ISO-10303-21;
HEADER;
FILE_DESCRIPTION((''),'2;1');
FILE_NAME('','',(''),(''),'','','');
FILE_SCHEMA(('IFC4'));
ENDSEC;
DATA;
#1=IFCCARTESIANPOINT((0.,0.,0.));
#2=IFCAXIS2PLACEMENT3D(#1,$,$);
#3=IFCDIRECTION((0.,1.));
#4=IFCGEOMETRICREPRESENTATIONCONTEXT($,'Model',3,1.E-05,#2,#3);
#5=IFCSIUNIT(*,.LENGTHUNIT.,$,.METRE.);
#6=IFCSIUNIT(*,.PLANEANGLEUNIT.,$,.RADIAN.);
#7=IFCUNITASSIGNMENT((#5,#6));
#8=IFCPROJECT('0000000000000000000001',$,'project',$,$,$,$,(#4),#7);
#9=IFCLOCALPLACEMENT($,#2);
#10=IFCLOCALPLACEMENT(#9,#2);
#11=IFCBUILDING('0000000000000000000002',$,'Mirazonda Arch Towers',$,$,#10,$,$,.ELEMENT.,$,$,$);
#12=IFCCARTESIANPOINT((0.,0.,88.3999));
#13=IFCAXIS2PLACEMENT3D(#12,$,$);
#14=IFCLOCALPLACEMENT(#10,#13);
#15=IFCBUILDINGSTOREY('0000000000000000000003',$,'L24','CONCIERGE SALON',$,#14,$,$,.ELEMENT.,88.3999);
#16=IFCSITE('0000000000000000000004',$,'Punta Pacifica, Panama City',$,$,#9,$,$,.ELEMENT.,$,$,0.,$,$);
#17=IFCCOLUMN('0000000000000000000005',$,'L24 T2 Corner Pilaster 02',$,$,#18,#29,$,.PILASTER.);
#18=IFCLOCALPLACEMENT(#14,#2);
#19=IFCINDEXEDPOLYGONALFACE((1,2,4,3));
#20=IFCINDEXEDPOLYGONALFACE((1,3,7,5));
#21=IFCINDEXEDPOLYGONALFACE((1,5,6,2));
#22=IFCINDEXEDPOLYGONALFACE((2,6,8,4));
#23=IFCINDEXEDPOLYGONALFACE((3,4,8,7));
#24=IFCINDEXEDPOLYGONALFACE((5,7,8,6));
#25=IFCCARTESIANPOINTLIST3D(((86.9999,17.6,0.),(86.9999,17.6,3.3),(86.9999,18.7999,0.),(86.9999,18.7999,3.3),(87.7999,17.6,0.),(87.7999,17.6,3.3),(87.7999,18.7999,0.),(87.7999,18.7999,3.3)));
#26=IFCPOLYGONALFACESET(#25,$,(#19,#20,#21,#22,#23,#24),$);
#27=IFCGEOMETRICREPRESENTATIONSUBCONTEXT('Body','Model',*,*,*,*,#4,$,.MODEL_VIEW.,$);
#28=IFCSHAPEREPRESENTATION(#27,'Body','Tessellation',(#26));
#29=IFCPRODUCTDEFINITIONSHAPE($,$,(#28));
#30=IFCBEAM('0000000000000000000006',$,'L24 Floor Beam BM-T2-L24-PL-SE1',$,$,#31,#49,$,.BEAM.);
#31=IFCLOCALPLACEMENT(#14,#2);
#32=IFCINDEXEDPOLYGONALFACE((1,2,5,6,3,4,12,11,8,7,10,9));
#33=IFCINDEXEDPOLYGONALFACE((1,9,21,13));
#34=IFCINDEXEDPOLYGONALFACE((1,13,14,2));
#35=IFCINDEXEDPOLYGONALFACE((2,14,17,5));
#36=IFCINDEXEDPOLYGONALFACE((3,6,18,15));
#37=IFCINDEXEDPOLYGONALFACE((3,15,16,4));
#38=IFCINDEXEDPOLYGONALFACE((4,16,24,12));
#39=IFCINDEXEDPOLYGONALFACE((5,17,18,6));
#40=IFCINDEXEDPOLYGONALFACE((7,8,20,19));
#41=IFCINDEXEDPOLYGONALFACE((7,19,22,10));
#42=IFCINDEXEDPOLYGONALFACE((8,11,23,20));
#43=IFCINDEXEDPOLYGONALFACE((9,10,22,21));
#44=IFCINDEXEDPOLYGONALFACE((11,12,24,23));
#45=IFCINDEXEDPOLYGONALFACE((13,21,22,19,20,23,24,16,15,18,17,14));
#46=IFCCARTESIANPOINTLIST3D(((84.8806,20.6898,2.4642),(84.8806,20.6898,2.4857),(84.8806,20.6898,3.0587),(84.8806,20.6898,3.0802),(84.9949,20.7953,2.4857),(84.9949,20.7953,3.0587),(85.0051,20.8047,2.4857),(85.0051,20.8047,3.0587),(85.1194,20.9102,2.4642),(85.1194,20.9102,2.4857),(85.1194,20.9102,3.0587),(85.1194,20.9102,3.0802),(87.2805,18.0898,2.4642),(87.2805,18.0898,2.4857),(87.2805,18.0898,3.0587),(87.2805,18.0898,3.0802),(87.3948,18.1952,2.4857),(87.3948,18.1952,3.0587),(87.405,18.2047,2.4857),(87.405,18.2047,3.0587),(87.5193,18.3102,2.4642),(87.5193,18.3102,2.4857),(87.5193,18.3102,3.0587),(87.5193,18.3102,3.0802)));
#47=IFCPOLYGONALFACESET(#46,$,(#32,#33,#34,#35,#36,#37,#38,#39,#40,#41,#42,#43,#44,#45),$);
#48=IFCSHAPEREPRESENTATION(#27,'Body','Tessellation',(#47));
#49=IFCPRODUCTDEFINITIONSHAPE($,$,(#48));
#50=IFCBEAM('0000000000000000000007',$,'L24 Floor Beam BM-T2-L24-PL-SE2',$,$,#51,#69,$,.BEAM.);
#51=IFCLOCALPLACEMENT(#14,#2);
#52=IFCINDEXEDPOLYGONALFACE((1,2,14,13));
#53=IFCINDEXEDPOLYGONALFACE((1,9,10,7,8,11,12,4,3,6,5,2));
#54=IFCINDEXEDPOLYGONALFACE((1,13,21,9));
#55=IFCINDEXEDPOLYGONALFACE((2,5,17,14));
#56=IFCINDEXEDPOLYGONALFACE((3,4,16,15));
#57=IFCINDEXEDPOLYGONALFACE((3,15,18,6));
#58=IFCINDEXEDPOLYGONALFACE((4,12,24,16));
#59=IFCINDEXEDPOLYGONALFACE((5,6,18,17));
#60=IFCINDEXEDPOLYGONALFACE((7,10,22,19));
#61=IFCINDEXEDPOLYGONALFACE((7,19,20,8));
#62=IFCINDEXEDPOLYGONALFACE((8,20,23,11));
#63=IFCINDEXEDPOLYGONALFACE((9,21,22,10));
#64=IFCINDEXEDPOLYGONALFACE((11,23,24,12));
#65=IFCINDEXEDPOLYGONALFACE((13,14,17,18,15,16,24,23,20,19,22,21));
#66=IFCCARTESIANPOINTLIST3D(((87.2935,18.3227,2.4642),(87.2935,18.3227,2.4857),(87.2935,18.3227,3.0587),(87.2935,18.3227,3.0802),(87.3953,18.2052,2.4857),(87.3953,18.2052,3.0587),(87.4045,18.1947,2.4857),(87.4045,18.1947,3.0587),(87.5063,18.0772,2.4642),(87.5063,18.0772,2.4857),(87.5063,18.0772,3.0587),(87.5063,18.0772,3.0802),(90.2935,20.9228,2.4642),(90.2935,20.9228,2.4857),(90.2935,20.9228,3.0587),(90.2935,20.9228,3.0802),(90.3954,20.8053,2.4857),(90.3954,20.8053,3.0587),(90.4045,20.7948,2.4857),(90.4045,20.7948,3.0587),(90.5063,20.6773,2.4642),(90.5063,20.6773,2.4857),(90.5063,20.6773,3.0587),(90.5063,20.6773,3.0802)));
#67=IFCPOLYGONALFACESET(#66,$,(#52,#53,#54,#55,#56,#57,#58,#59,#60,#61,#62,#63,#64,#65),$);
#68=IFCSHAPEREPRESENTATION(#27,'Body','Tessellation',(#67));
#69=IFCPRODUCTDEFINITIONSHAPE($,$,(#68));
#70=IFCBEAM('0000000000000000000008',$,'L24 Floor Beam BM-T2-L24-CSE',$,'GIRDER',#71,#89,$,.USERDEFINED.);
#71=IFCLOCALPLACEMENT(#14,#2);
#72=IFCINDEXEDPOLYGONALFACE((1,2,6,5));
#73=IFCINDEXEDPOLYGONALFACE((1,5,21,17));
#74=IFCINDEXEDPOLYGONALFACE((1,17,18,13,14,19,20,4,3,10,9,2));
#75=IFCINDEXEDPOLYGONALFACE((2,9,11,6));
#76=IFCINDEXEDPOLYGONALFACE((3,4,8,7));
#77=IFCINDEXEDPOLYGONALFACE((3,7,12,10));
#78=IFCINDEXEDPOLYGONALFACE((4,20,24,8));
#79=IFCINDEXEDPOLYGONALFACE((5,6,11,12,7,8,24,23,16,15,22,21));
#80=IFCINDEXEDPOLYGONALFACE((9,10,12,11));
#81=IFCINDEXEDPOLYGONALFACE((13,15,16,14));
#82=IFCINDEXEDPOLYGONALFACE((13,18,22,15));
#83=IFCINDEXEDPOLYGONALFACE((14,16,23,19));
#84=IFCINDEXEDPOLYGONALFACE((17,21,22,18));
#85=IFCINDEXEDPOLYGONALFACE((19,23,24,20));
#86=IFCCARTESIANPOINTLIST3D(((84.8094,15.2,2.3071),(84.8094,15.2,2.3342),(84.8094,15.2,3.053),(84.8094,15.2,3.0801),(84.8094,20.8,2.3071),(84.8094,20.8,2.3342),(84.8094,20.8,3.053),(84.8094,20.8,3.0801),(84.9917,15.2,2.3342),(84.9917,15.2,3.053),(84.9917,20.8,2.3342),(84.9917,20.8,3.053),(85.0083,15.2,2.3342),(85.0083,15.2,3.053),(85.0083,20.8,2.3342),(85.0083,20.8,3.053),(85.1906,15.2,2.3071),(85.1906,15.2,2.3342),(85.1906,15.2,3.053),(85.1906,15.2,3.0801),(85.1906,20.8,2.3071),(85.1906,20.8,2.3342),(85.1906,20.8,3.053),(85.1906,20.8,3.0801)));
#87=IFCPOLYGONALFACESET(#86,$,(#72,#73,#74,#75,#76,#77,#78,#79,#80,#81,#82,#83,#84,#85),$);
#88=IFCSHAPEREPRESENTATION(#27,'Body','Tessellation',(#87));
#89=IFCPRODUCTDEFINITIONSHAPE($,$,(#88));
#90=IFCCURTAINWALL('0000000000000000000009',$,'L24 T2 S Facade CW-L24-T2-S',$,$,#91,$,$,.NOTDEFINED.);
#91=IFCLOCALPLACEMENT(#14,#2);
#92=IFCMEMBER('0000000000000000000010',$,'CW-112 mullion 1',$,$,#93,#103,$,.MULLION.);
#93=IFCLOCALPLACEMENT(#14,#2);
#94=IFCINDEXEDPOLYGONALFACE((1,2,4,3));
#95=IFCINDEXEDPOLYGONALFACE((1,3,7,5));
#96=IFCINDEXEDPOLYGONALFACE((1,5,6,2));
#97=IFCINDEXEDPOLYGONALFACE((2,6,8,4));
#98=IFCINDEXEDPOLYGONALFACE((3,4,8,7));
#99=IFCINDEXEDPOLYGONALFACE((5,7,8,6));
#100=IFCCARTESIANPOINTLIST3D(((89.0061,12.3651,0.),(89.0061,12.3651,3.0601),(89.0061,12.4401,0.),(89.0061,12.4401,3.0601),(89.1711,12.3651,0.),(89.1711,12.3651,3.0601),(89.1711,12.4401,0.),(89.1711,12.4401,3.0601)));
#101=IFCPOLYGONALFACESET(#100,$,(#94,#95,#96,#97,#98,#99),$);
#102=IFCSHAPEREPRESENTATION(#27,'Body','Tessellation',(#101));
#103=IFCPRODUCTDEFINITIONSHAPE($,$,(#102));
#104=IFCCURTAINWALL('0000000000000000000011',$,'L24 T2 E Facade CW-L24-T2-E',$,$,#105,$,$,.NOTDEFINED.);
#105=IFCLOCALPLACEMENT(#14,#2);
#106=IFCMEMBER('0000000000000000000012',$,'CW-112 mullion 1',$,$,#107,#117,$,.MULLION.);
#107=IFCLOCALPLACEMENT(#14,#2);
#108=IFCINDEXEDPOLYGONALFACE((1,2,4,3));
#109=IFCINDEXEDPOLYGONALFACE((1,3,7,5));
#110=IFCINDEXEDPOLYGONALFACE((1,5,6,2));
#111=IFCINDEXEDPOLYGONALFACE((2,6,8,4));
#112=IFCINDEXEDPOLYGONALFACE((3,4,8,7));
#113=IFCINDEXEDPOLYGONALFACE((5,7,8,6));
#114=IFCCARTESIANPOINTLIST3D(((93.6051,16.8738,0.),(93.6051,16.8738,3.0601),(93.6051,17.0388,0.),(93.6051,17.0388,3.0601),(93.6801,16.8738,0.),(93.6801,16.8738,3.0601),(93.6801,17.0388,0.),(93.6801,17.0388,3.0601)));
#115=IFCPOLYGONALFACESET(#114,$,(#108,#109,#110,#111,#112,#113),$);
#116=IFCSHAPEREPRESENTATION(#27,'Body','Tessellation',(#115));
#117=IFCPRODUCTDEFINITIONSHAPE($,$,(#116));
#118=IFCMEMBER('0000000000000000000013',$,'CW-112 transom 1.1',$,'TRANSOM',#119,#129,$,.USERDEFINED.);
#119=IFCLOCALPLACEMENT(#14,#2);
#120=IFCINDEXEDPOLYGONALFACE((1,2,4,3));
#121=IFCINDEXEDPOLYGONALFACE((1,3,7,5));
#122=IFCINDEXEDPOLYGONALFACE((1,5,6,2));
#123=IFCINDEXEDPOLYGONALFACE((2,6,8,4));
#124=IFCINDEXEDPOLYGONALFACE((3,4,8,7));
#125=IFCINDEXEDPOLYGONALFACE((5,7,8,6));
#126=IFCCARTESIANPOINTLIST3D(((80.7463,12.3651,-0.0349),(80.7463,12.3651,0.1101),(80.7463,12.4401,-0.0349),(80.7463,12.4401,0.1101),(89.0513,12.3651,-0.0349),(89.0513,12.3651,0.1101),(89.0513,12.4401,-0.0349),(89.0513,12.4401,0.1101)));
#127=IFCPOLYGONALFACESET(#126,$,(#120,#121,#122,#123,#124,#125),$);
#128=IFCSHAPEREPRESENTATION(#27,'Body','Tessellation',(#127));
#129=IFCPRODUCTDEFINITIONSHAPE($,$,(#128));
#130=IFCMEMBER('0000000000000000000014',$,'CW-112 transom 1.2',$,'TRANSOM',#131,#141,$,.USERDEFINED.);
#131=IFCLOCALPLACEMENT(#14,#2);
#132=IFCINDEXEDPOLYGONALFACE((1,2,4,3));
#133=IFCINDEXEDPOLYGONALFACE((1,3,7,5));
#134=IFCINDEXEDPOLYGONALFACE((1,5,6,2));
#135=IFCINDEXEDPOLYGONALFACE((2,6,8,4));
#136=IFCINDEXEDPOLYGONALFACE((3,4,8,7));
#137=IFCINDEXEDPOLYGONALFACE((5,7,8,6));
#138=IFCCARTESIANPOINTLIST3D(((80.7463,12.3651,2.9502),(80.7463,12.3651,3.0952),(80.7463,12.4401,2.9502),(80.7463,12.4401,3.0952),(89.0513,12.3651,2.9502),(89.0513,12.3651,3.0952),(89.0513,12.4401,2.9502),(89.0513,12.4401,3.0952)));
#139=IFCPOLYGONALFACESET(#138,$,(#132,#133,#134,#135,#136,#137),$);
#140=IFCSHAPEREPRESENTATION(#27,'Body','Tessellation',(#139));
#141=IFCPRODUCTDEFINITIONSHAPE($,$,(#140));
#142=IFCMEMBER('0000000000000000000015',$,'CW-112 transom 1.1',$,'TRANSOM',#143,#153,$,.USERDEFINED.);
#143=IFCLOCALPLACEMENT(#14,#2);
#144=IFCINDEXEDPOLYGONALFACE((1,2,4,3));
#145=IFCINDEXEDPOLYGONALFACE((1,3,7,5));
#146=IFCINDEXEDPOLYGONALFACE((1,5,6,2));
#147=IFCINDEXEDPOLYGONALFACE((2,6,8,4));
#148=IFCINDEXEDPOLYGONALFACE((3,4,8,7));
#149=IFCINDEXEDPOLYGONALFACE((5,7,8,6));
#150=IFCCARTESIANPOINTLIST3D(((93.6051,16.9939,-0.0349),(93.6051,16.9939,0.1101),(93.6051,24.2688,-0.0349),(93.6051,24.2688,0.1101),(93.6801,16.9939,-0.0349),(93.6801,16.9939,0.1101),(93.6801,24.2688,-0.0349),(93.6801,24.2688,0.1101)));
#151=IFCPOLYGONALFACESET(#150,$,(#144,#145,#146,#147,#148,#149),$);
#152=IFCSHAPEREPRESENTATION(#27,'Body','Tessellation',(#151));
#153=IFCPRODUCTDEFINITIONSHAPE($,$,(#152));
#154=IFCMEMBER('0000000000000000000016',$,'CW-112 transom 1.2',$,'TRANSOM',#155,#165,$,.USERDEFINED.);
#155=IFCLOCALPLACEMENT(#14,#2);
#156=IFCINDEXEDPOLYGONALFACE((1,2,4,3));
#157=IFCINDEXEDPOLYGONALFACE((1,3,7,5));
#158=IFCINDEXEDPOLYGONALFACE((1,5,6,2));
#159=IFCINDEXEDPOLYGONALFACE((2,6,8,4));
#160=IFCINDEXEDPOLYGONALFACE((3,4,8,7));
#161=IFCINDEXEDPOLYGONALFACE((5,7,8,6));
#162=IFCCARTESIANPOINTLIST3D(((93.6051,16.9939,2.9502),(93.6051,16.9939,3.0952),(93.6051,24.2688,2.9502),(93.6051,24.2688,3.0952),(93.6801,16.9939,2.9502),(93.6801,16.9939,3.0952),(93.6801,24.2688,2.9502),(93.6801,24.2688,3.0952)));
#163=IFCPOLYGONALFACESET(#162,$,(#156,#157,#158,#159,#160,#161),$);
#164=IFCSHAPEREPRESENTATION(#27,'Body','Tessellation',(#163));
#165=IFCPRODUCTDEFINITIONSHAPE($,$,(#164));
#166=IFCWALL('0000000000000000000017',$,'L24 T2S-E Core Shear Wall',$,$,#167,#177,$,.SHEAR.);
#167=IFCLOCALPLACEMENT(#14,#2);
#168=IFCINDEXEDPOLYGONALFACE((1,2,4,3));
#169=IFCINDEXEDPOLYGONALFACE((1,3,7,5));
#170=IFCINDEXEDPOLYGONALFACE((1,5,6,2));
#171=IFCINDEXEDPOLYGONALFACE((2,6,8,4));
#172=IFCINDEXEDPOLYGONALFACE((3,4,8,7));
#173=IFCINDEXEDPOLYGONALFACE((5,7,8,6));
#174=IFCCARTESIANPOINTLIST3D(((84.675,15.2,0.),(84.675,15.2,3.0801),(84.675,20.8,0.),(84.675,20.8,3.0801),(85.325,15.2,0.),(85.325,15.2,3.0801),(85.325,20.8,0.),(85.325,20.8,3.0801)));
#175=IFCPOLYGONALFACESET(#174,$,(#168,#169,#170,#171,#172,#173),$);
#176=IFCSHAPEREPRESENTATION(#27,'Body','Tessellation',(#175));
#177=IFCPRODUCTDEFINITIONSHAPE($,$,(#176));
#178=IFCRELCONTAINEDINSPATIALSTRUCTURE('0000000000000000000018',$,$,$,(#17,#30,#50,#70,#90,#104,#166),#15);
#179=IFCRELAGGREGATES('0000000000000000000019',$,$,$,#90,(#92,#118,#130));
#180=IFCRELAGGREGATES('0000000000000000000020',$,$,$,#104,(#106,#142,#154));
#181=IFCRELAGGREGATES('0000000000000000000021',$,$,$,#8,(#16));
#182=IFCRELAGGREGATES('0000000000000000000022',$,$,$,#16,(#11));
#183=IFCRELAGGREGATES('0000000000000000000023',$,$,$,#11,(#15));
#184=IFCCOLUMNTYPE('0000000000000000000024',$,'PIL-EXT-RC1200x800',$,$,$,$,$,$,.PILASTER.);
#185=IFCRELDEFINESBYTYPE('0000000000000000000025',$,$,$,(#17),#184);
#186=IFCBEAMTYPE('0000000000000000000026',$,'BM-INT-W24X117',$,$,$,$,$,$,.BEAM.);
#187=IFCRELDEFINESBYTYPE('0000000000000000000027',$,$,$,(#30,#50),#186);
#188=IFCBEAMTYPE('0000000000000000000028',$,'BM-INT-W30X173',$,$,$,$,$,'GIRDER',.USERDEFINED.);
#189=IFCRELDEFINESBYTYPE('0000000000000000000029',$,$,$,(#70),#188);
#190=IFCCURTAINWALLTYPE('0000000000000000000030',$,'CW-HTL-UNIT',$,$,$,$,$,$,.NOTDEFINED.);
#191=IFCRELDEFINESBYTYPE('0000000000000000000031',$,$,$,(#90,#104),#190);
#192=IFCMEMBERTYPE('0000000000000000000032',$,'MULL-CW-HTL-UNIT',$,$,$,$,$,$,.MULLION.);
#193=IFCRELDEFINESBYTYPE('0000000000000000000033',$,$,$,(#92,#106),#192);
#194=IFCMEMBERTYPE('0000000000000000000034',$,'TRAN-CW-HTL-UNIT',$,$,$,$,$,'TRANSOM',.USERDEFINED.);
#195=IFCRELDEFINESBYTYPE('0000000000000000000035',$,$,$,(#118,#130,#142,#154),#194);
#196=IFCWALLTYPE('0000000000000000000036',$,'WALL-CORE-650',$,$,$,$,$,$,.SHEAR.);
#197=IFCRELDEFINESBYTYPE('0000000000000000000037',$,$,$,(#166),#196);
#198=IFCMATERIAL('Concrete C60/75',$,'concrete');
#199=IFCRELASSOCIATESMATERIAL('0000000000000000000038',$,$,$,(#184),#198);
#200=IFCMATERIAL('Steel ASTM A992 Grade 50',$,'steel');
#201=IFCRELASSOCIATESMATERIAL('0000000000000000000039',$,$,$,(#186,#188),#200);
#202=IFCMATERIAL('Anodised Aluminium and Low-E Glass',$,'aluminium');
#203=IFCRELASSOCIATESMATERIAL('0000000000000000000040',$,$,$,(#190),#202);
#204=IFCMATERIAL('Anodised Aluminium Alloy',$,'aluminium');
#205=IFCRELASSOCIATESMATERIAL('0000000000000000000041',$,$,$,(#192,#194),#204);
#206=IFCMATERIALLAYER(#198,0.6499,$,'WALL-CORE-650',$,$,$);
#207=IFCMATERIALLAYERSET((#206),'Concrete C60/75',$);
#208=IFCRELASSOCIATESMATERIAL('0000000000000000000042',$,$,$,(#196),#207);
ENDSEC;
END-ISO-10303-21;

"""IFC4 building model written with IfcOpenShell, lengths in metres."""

from ifc_helpers import new_model, si_unit, direction, frame, frame_2d, origin, origin_2d, place, context, subcontext, project, spatial, rectangle, i_section, extrude, material, layer, layer_set, material_profile, profile_set, type_object, element, aggregate, save


model = new_model("IFC4")

# Units and contexts
model_context = context("Model", 3, precision=1e-05, world=origin(), true_north=direction((0.0, 1.0)))
body_context = subcontext(model_context, "Body", "Model", "MODEL_VIEW")
ifc_project = project(units=[si_unit("LENGTHUNIT", "METRE"), si_unit("PLANEANGLEUNIT", "RADIAN")], contexts=[model_context])

# Site, building, storey
site_placement = place(None, origin())
site = spatial("IfcSite", under=ifc_project, at=site_placement, Name="Punta Pacifica, Panama City", CompositionType="ELEMENT", RefElevation=0.0)
building_placement = place(site_placement, origin())
building = spatial("IfcBuilding", under=site, at=building_placement, Name="Mirazonda Arch Towers", CompositionType="ELEMENT")
storey_placement = place(building_placement, frame((0.0, 0.0, 88.3999)))
storey = spatial("IfcBuildingStorey", under=building, at=storey_placement, Name="L24", Description="CONCIERGE SALON", CompositionType="ELEMENT", Elevation=88.3999)

# Column
ifc_material_1 = material(Name="Concrete C60/75", Category="concrete")
ifc_material_profile_1 = material_profile(ifc_material_1, rectangle(XDim=0.8, YDim=1.2, at=origin_2d()), Name="RC1200x800")
ifc_profile_set_1 = profile_set([ifc_material_profile_1], Name="Concrete C60/75")
column_type = type_object("IfcColumnType", Name="PIL-EXT-RC1200x800", PredefinedType="PILASTER", material=ifc_profile_set_1)
column_placement = place(storey_placement, frame((87.3999, 18.2, 0.0), z_axis=(0.0, 0.0, 1.0), x_axis=(1.0, 0.0, 0.0)))
element("IfcColumn", 1, at=column_placement, inside=storey, type_object=column_type, Name="L24 T2 Corner Pilaster 02", PredefinedType="PILASTER", context=body_context, shape_type="SweptSolid", body=[
    extrude(rectangle(XDim=0.8, YDim=1.2, at=origin_2d()), origin(), (0.0, 0.0, 1.0), 3.3),
])

# Beams
ifc_material_2 = material(Name="Steel ASTM A992 Grade 50", Category="steel")
ifc_material_profile_2 = material_profile(ifc_material_2, i_section(OverallWidth=0.325, OverallDepth=0.616, WebThickness=0.0139, FlangeThickness=0.0215, at=origin_2d()), Name="W24X117")
ifc_profile_set_2 = profile_set([ifc_material_profile_2], Name="Steel ASTM A992 Grade 50")
beam_type_1 = type_object("IfcBeamType", Name="BM-INT-W24X117", PredefinedType="BEAM", material=ifc_profile_set_2)
beam_1_placement = place(storey_placement, frame((87.3999, 18.2, 2.7722), z_axis=(-0.678251, 0.73483, 0.0), x_axis=(-0.73483, -0.678251, 0.0)))
element("IfcBeam", 2, at=beam_1_placement, inside=storey, type_object=beam_type_1, Name="L24 Floor Beam BM-T2-L24-PL-SE1", PredefinedType="BEAM", context=body_context, shape_type="SweptSolid", body=[
    extrude(i_section(OverallWidth=0.325, OverallDepth=0.616, WebThickness=0.0139, FlangeThickness=0.0215, at=origin_2d()), origin(), (0.0, 0.0, 1.0), 3.5383),
])
beam_2_placement = place(storey_placement, frame((87.3999, 18.2, 2.7722), z_axis=(0.755677, 0.654945, 0.0), x_axis=(-0.654945, 0.755677, 0.0)))
element("IfcBeam", 3, at=beam_2_placement, inside=storey, type_object=beam_type_1, Name="L24 Floor Beam BM-T2-L24-PL-SE2", PredefinedType="BEAM", context=body_context, shape_type="SweptSolid", body=[
    extrude(i_section(OverallWidth=0.325, OverallDepth=0.616, WebThickness=0.0139, FlangeThickness=0.0215, at=origin_2d()), origin(), (0.0, 0.0, 1.0), 3.97),
])
ifc_material_profile_3 = material_profile(ifc_material_2, i_section(OverallWidth=0.3811, OverallDepth=0.7729, WebThickness=0.0166, FlangeThickness=0.0271, at=origin_2d()), Name="W30X173")
ifc_profile_set_3 = profile_set([ifc_material_profile_3], Name="Steel ASTM A992 Grade 50")
beam_type_2 = type_object("IfcBeamType", Name="BM-INT-W30X173", ElementType="GIRDER", PredefinedType="USERDEFINED", material=ifc_profile_set_3)
beam_3_placement = place(storey_placement, frame((85.0, 15.2, 2.6936), z_axis=(0.0, 1.0, 0.0), x_axis=(-1.0, 0.0, 0.0)))
element("IfcBeam", 4, at=beam_3_placement, inside=storey, type_object=beam_type_2, Name="L24 Floor Beam BM-T2-L24-CSE", ObjectType="GIRDER", PredefinedType="USERDEFINED", context=body_context, shape_type="SweptSolid", body=[
    extrude(i_section(OverallWidth=0.3811, OverallDepth=0.7729, WebThickness=0.0166, FlangeThickness=0.0271, at=origin_2d()), origin(), (0.0, 0.0, 1.0), 5.6001),
])

# Curtain walls, members
ifc_material_3 = material(Name="Anodised Aluminium and Low-E Glass", Category="aluminium")
curtain_wall_type = type_object("IfcCurtainWallType", Name="CW-HTL-UNIT", PredefinedType="NOTDEFINED", material=ifc_material_3)
curtain_wall_1_placement = place(storey_placement, origin())
curtain_wall_1 = element("IfcCurtainWall", 5, at=curtain_wall_1_placement, inside=storey, type_object=curtain_wall_type, Name="L24 T2 S Facade CW-L24-T2-S", PredefinedType="NOTDEFINED")
ifc_material_4 = material(Name="Anodised Aluminium Alloy", Category="aluminium")
ifc_material_profile_4 = material_profile(ifc_material_4, rectangle(XDim=0.075, YDim=0.165, at=origin_2d()), Name="ALU-MULL-75x165")
ifc_profile_set_4 = profile_set([ifc_material_profile_4], Name="Anodised Aluminium Alloy")
member_type_1 = type_object("IfcMemberType", Name="MULL-CW-HTL-UNIT", PredefinedType="MULLION", material=ifc_profile_set_4)
member_1_placement = place(storey_placement, frame((89.0886, 12.4026, 0.0), z_axis=(0.0, 0.0, 1.0), x_axis=(0.0, -1.0, 0.0)))
member_1 = element("IfcMember", 6, at=member_1_placement, type_object=member_type_1, Name="CW-112 mullion 1", PredefinedType="MULLION", context=body_context, shape_type="SweptSolid", body=[
    extrude(rectangle(XDim=0.075, YDim=0.165, at=origin_2d()), origin(), (0.0, 0.0, 1.0), 3.0601),
])
curtain_wall_2_placement = place(storey_placement, origin())
curtain_wall_2 = element("IfcCurtainWall", 7, at=curtain_wall_2_placement, inside=storey, type_object=curtain_wall_type, Name="L24 T2 E Facade CW-L24-T2-E", PredefinedType="NOTDEFINED")
member_2_placement = place(storey_placement, frame((93.6426, 16.9563, 0.0), z_axis=(0.0, 0.0, 1.0), x_axis=(-1.0, 0.0, 0.0)))
member_2 = element("IfcMember", 8, at=member_2_placement, type_object=member_type_1, Name="CW-112 mullion 1", PredefinedType="MULLION", context=body_context, shape_type="SweptSolid", body=[
    extrude(rectangle(XDim=0.075, YDim=0.165, at=origin_2d()), origin(), (0.0, 0.0, 1.0), 3.0601),
])

# Members
ifc_material_profile_5 = material_profile(ifc_material_4, rectangle(XDim=0.075, YDim=0.145, at=origin_2d()), Name="ALU-TRAN-75x145")
ifc_profile_set_5 = profile_set([ifc_material_profile_5], Name="Anodised Aluminium Alloy")
member_type_2 = type_object("IfcMemberType", Name="TRAN-CW-HTL-UNIT", ElementType="TRANSOM", PredefinedType="USERDEFINED", material=ifc_profile_set_5)
member_3_placement = place(storey_placement, frame((89.0513, 12.4026, 0.0376), z_axis=(-1.0, 0.0, 0.0), x_axis=(0.0, -1.0, 0.0)))
member_3 = element("IfcMember", 9, at=member_3_placement, type_object=member_type_2, Name="CW-112 transom 1.1", ObjectType="TRANSOM", PredefinedType="USERDEFINED", context=body_context, shape_type="SweptSolid", body=[
    extrude(rectangle(XDim=0.075, YDim=0.145, at=origin_2d()), origin(), (0.0, 0.0, 1.0), 8.3049),
])
member_4_placement = place(storey_placement, frame((89.0513, 12.4026, 3.0227), z_axis=(-1.0, 0.0, 0.0), x_axis=(0.0, -1.0, 0.0)))
member_4 = element("IfcMember", 10, at=member_4_placement, type_object=member_type_2, Name="CW-112 transom 1.2", ObjectType="TRANSOM", PredefinedType="USERDEFINED", context=body_context, shape_type="SweptSolid", body=[
    extrude(rectangle(XDim=0.075, YDim=0.145, at=origin_2d()), origin(), (0.0, 0.0, 1.0), 8.3049),
])
aggregate(curtain_wall_1, [member_1, member_3, member_4])
member_5_placement = place(storey_placement, frame((93.6426, 16.9939, 0.0376), z_axis=(0.0, 1.0, 0.0), x_axis=(-1.0, 0.0, 0.0)))
member_5 = element("IfcMember", 11, at=member_5_placement, type_object=member_type_2, Name="CW-112 transom 1.1", ObjectType="TRANSOM", PredefinedType="USERDEFINED", context=body_context, shape_type="SweptSolid", body=[
    extrude(rectangle(XDim=0.075, YDim=0.145, at=origin_2d()), origin(), (0.0, 0.0, 1.0), 7.2749),
])
member_6_placement = place(storey_placement, frame((93.6426, 16.9939, 3.0227), z_axis=(0.0, 1.0, 0.0), x_axis=(-1.0, 0.0, 0.0)))
member_6 = element("IfcMember", 12, at=member_6_placement, type_object=member_type_2, Name="CW-112 transom 1.2", ObjectType="TRANSOM", PredefinedType="USERDEFINED", context=body_context, shape_type="SweptSolid", body=[
    extrude(rectangle(XDim=0.075, YDim=0.145, at=origin_2d()), origin(), (0.0, 0.0, 1.0), 7.2749),
])
aggregate(curtain_wall_2, [member_2, member_5, member_6])

# Wall
ifc_layer_1 = layer(ifc_material_1, 0.6499, Name="WALL-CORE-650")
ifc_layer_set_1 = layer_set([ifc_layer_1], Name="Concrete C60/75")
wall_type_1 = type_object("IfcWallType", Name="WALL-CORE-650", PredefinedType="SHEAR", material=ifc_layer_set_1)
wall_1_placement = place(storey_placement, frame((85.0, 15.2, 0.0), z_axis=(0.0, 0.0, 1.0), x_axis=(0.0, 1.0, 0.0)))
element("IfcWall", 13, at=wall_1_placement, inside=storey, type_object=wall_type_1, Name="L24 T2S-E Core Shear Wall", PredefinedType="SHEAR", context=body_context, shape_type="SweptSolid", body=[
    extrude(rectangle(XDim=5.6001, YDim=0.6499, at=frame_2d((2.8, 0.0))), origin(), (0.0, 0.0, 1.0), 3.0801),
])

save(model, "model.ifc")
